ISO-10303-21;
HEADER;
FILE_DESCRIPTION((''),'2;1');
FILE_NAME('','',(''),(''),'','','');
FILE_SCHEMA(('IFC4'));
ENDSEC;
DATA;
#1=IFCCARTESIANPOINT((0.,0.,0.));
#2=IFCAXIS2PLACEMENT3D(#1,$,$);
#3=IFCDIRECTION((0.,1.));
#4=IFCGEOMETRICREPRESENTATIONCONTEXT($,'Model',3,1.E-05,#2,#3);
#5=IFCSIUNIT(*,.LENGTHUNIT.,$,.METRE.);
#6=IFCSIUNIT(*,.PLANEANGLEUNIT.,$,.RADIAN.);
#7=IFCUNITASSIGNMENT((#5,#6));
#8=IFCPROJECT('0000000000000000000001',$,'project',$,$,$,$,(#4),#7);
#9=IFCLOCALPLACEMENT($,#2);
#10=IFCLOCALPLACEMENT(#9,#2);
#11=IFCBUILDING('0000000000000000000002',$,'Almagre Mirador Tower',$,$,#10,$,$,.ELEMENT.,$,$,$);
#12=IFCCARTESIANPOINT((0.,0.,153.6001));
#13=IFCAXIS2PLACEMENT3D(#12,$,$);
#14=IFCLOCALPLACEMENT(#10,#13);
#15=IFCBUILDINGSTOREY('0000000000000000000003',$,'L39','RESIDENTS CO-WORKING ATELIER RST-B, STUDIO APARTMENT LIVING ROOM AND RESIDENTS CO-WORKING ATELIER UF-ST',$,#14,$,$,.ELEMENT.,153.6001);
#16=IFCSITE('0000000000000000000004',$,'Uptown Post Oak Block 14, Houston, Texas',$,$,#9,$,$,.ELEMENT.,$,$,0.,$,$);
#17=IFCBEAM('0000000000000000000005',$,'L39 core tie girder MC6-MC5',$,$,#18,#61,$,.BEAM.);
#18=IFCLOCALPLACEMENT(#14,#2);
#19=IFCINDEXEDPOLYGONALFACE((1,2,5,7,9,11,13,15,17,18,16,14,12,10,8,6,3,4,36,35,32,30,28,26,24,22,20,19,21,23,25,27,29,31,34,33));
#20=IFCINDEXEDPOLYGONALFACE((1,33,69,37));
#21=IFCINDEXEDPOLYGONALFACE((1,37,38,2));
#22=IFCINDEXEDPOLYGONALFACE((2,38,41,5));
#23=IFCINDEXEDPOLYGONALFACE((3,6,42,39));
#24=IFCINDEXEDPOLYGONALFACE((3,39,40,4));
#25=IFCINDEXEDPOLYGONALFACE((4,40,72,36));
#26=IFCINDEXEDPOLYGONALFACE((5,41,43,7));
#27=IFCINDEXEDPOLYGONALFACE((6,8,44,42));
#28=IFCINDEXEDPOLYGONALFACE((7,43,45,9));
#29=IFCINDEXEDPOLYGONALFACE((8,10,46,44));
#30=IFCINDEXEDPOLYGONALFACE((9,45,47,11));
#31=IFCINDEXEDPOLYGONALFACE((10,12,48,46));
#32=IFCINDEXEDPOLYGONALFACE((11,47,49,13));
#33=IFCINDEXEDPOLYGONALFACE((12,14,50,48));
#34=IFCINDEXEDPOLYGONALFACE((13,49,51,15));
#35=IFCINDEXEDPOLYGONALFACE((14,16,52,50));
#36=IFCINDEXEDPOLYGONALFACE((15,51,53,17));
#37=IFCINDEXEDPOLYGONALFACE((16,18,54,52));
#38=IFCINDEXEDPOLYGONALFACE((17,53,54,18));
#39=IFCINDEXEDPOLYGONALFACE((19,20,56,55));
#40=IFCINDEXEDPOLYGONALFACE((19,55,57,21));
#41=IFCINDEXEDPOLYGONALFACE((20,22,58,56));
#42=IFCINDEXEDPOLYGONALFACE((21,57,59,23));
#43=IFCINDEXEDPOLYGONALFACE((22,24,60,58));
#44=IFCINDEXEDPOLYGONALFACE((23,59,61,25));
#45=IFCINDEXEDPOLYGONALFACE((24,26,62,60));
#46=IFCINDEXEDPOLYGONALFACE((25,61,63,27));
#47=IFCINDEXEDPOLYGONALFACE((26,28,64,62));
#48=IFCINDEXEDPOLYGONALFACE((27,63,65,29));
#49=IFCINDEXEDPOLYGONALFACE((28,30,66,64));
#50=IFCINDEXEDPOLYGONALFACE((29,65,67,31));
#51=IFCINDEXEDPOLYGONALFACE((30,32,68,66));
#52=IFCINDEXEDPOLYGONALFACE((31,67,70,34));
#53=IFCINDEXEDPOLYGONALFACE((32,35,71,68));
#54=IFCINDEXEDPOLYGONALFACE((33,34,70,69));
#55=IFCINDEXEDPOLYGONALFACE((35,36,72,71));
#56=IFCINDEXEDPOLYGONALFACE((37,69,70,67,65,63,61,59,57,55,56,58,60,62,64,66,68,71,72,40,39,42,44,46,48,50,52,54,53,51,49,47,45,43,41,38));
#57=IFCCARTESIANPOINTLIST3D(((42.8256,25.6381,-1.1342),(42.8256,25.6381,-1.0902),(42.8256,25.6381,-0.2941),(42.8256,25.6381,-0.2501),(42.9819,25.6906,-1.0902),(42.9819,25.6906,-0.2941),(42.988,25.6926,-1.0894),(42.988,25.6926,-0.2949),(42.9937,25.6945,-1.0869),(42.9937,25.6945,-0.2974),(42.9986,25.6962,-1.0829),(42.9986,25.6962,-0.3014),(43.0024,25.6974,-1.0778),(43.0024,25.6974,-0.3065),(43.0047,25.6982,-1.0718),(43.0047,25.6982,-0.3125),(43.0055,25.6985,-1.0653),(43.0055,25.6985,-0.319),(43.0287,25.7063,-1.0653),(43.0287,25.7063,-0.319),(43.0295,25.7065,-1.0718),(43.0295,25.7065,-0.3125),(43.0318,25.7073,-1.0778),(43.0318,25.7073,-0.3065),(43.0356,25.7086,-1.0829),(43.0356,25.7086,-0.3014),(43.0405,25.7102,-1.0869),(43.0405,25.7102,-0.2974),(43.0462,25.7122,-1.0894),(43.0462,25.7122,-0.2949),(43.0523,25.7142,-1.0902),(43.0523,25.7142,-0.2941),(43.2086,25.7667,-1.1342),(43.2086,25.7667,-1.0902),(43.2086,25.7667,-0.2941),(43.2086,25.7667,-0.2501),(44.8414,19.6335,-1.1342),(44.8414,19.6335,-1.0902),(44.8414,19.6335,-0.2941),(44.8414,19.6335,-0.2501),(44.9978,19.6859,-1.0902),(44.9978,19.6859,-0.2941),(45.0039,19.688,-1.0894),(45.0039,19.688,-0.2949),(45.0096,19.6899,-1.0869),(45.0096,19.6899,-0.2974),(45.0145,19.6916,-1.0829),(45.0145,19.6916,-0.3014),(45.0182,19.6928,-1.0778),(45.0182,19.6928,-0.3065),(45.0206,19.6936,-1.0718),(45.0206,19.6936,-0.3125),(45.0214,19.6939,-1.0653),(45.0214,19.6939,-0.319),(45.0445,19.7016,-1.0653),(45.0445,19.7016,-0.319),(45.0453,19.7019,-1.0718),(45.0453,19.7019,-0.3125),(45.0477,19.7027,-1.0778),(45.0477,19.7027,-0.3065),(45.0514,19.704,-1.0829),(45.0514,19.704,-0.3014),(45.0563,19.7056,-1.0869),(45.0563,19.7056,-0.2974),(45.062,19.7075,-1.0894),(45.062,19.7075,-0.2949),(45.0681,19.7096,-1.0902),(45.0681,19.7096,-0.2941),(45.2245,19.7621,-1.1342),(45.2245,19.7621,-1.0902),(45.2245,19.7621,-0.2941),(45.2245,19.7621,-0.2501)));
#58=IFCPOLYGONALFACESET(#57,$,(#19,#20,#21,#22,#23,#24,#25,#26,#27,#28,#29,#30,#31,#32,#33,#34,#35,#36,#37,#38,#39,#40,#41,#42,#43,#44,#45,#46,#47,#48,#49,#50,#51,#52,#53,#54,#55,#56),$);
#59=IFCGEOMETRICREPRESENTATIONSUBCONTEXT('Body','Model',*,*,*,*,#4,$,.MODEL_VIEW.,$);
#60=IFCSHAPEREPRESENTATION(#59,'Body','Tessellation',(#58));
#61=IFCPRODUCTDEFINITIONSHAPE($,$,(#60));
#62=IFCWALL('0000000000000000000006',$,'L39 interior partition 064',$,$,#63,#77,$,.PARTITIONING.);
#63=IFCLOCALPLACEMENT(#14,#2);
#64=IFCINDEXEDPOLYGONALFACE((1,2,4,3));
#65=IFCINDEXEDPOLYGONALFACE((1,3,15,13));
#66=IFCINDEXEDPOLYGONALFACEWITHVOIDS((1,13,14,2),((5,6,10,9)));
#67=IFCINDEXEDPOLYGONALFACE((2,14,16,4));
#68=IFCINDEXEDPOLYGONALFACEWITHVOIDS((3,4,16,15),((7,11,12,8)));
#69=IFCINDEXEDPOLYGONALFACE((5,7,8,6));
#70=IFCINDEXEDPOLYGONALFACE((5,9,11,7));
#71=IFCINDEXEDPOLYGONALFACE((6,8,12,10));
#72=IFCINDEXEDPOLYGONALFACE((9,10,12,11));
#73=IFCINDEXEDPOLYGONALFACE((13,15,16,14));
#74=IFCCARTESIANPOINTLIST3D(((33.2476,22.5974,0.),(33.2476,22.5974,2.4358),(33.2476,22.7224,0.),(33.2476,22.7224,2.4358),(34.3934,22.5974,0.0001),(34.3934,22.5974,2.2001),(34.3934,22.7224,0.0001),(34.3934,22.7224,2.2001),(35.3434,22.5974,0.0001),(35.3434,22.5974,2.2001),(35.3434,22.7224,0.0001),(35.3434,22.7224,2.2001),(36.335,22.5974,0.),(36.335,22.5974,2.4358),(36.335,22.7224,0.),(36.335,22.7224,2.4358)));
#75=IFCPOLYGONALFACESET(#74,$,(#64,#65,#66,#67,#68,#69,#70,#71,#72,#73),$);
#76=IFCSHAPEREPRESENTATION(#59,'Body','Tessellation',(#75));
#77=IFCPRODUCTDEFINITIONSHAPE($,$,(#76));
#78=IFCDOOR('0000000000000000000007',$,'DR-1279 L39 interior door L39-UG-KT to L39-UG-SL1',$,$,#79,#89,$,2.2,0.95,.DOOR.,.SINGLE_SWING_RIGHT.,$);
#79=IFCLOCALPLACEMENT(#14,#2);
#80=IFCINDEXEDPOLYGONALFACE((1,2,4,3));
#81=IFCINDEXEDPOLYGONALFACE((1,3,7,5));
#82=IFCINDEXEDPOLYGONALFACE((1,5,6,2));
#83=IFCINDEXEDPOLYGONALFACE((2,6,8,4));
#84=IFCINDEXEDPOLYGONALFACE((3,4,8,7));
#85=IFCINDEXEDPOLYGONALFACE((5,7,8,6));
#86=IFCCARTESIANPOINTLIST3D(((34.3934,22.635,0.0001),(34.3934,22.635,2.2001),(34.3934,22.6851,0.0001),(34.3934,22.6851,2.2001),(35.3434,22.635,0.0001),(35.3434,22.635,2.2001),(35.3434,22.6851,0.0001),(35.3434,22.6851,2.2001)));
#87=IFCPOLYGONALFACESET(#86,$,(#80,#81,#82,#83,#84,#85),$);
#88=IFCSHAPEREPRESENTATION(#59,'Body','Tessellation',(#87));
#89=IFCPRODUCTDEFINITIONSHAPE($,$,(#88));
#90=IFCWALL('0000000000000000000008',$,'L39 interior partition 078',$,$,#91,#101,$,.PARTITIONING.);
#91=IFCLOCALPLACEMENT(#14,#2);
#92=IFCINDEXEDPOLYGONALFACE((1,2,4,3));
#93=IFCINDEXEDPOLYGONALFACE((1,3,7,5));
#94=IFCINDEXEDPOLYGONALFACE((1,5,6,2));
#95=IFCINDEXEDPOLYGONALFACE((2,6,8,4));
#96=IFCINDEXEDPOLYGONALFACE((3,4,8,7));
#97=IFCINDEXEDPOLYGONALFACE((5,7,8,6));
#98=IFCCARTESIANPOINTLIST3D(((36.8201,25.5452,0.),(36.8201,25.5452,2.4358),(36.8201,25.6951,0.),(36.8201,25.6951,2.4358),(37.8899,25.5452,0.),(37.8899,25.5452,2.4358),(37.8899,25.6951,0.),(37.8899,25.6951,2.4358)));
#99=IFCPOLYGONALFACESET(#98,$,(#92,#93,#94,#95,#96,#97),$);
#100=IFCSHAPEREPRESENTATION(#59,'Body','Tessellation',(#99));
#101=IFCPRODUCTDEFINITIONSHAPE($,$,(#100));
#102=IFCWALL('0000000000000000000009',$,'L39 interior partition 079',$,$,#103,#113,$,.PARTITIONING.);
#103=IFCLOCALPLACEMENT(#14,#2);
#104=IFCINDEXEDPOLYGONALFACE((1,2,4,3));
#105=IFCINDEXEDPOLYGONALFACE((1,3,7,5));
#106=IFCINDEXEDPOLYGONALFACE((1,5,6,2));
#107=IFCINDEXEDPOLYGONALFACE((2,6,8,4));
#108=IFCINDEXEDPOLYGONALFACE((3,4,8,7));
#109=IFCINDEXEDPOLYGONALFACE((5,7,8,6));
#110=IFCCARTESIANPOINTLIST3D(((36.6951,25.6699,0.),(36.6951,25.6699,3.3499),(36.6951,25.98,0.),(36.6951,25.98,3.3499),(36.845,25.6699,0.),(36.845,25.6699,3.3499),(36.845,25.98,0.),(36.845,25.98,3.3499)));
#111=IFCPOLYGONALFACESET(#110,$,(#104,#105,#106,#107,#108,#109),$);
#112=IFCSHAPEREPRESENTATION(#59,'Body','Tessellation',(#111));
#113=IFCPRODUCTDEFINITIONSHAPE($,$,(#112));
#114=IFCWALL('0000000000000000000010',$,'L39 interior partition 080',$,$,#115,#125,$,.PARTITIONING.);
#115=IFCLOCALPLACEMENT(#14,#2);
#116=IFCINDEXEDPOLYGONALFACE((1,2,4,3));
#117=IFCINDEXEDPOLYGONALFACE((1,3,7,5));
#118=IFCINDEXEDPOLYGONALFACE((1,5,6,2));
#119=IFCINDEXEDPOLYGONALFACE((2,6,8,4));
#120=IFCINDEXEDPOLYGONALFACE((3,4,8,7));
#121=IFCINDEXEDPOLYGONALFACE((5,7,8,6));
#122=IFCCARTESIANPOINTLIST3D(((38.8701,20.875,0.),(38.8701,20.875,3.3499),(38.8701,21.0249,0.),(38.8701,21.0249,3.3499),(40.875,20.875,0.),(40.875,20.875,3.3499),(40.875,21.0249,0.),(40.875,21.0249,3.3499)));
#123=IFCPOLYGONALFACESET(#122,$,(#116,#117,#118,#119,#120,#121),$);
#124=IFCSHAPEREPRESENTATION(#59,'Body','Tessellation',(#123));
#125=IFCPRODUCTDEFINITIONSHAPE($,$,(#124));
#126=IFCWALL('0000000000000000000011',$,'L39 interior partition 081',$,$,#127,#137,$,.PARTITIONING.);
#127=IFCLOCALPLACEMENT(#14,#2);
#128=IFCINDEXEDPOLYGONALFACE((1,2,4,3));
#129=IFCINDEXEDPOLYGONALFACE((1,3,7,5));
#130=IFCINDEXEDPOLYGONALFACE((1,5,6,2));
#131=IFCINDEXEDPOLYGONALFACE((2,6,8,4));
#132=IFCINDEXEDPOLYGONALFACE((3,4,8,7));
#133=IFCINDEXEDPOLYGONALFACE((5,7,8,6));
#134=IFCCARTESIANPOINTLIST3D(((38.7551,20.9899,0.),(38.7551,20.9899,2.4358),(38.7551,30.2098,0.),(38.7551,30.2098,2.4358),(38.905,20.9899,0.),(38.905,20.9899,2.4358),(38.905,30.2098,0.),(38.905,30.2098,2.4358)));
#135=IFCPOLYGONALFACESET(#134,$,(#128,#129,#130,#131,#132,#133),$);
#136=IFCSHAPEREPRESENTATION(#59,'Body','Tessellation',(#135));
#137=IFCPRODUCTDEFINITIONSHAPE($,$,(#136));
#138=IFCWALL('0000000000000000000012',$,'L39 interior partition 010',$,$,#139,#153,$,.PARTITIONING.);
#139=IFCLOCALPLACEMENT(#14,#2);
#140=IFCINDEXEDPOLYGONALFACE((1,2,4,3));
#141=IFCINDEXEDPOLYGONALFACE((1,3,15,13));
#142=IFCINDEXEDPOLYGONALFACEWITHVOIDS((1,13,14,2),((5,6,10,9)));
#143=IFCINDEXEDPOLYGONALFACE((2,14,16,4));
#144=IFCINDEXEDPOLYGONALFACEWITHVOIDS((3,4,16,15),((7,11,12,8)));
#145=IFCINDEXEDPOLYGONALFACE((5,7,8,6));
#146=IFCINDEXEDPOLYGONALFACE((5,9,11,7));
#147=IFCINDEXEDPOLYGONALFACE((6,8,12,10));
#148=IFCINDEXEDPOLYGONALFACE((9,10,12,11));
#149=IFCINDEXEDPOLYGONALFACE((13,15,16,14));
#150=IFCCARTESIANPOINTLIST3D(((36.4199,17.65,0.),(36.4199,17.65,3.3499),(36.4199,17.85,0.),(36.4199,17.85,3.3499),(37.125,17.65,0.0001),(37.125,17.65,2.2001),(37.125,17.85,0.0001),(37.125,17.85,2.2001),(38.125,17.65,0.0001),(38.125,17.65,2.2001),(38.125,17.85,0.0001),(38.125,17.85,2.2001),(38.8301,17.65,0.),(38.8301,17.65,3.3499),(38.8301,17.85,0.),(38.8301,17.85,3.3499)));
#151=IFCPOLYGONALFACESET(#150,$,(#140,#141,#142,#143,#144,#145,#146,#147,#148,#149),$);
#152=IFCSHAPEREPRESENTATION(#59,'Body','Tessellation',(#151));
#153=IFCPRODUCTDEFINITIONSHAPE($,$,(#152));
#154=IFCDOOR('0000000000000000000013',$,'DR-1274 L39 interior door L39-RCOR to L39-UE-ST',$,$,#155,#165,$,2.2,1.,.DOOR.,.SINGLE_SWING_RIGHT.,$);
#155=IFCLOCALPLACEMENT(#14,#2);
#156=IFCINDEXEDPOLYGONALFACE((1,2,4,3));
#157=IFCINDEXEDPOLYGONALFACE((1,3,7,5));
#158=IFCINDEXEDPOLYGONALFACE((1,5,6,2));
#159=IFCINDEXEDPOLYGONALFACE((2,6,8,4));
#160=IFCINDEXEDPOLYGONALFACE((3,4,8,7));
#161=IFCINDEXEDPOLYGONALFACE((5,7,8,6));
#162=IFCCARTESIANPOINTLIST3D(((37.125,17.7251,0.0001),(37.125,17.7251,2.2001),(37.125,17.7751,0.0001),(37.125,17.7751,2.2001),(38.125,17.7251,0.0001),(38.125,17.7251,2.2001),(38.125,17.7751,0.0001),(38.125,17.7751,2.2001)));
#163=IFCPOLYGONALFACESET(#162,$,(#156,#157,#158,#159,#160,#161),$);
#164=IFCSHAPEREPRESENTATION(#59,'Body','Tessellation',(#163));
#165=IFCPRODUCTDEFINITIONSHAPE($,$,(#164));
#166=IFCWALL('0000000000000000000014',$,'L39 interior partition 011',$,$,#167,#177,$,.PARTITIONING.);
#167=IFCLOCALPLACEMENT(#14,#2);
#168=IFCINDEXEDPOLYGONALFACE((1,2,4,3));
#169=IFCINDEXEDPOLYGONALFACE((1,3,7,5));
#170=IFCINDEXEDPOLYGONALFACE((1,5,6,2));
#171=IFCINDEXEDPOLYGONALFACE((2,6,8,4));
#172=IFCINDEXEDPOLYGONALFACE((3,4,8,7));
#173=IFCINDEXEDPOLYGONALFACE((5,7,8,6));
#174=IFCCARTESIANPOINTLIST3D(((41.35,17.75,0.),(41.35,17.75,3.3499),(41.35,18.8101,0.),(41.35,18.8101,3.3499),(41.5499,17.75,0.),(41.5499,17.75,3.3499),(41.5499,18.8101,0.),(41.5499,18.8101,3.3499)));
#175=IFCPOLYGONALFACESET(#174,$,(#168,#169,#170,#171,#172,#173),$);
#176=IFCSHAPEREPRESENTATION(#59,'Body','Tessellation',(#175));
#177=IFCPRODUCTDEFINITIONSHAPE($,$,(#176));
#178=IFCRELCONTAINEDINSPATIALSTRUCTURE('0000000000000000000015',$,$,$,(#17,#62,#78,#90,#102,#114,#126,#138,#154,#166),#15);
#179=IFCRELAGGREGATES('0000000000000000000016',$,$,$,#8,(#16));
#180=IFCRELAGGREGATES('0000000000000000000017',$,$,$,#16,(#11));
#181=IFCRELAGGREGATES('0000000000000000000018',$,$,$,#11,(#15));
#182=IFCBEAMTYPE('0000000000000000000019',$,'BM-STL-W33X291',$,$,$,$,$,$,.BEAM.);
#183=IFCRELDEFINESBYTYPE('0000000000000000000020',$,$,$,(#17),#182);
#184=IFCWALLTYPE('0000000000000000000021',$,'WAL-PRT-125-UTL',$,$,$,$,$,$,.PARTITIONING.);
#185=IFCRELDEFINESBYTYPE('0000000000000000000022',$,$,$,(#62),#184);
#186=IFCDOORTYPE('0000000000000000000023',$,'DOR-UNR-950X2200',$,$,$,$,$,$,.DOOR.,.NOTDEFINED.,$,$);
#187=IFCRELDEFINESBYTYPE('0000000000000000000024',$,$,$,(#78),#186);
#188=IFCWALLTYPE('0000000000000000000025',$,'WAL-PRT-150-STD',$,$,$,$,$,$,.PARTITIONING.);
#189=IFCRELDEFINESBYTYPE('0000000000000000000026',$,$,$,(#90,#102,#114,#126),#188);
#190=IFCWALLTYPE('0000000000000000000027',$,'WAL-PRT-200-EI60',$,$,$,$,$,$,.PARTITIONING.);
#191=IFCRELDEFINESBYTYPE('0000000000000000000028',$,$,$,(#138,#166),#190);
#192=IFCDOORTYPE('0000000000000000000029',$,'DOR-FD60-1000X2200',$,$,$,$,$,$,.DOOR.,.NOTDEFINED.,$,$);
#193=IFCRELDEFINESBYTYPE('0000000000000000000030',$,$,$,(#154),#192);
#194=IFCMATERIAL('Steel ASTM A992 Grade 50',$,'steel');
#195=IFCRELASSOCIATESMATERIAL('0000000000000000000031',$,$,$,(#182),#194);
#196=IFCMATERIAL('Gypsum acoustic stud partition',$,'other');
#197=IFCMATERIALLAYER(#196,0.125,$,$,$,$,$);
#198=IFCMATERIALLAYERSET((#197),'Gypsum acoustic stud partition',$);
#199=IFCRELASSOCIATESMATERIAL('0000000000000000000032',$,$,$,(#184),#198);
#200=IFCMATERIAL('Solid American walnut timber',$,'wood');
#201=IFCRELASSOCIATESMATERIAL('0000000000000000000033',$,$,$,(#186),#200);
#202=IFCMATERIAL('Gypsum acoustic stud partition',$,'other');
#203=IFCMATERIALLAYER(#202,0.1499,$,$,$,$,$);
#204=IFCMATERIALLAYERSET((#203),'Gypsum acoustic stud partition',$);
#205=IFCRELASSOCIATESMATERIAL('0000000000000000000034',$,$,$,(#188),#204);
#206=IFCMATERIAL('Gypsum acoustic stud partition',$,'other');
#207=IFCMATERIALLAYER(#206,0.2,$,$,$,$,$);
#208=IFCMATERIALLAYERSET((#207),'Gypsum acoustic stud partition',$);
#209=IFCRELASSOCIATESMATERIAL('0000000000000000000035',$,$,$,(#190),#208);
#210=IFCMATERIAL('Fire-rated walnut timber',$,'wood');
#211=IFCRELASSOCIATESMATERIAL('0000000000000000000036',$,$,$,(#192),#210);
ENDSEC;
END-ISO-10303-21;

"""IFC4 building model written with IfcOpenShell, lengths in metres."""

from ifc_helpers import new_model, si_unit, direction, frame, frame_2d, origin, origin_2d, place, context, subcontext, project, spatial, rectangle, i_section, extrude, material, layer, layer_set, material_profile, profile_set, type_object, element, fill, save


model = new_model("IFC4")

# Units and contexts
model_context = context("Model", 3, precision=1e-05, world=origin(), true_north=direction((0.0, 1.0)))
body_context = subcontext(model_context, "Body", "Model", "MODEL_VIEW")
ifc_project = project(units=[si_unit("LENGTHUNIT", "METRE"), si_unit("PLANEANGLEUNIT", "RADIAN")], contexts=[model_context])

# Site, building, storey
site_placement = place(None, origin())
site = spatial("IfcSite", under=ifc_project, at=site_placement, Name="Uptown Post Oak Block 14, Houston, Texas", CompositionType="ELEMENT", RefElevation=0.0)
building_placement = place(site_placement, origin())
building = spatial("IfcBuilding", under=site, at=building_placement, Name="Almagre Mirador Tower", CompositionType="ELEMENT")
storey_placement = place(building_placement, frame((0.0, 0.0, 153.6001)))
storey = spatial("IfcBuildingStorey", under=building, at=storey_placement, Name="L39", Description="RESIDENTS CO-WORKING ATELIER RST-B, STUDIO APARTMENT LIVING ROOM AND RESIDENTS CO-WORKING ATELIER UF-ST", CompositionType="ELEMENT", Elevation=153.6001)

# Beam
ifc_material_1 = material(Name="Steel ASTM A992 Grade 50", Category="steel")
ifc_material_profile = material_profile(ifc_material_1, i_section(OverallWidth=0.4041, OverallDepth=0.884, WebThickness=0.0244, FlangeThickness=0.0439, FilletRadius=0.0249, at=origin_2d()), Name="W33X291")
ifc_profile_set = profile_set([ifc_material_profile], Name="Steel ASTM A992 Grade 50")
beam_type = type_object("IfcBeamType", Name="BM-STL-W33X291", PredefinedType="BEAM", material=ifc_profile_set)
beam_placement = place(storey_placement, frame((43.0171, 25.7024, -0.6921), z_axis=(0.318262, -0.948003, 0.0), x_axis=(0.948003, 0.318262, 0.0)))
element("IfcBeam", 1, at=beam_placement, inside=storey, type_object=beam_type, Name="L39 core tie girder MC6-MC5", PredefinedType="BEAM", context=body_context, shape_type="SweptSolid", body=[
    extrude(i_section(OverallWidth=0.4041, OverallDepth=0.884, WebThickness=0.0244, FlangeThickness=0.0439, FilletRadius=0.0249, at=origin_2d()), origin(), (0.0, 0.0, 1.0), 6.334),
])

# Wall, opening, door
ifc_material_2 = material(Name="Gypsum acoustic stud partition", Category="other")
ifc_layer_1 = layer(ifc_material_2, 0.125)
ifc_layer_set_1 = layer_set([ifc_layer_1], Name="Gypsum acoustic stud partition")
wall_type_1 = type_object("IfcWallType", Name="WAL-PRT-125-UTL", PredefinedType="PARTITIONING", material=ifc_layer_set_1)
wall_1_placement = place(storey_placement, frame((36.335, 22.6599, 0.0), z_axis=(0.0, 0.0, 1.0), x_axis=(-1.0, 0.0, 0.0)))
wall_1 = element("IfcWall", 2, at=wall_1_placement, inside=storey, type_object=wall_type_1, Name="L39 interior partition 064", PredefinedType="PARTITIONING", context=body_context, shape_type="SweptSolid", body=[
    extrude(rectangle(XDim=3.0874, YDim=0.125, at=frame_2d((1.5437, 0.0))), origin(), (0.0, 0.0, 1.0), 2.4358),
])
opening_1_placement = place(wall_1_placement, frame((0.9915, 0.0, 0.0)))
opening_1 = element("IfcOpeningElement", 3, at=opening_1_placement, cuts=wall_1, PredefinedType="OPENING", context=body_context, shape_type="SweptSolid", body=[
    extrude(rectangle(XDim=0.95, YDim=2.2, at=frame_2d((0.4751, 1.1001))), frame((0.0, 0.0725, 0.0), z_axis=(0.0, -1.0, 0.0), x_axis=(1.0, 0.0, 0.0)), (0.0, 0.0, 1.0), 0.145),
])
ifc_material_3 = material(Name="Solid American walnut timber", Category="wood")
door_type_1 = type_object("IfcDoorType", Name="DOR-UNR-950X2200", OperationType="NOTDEFINED", PredefinedType="DOOR", material=ifc_material_3)
door_1_placement = place(opening_1_placement, origin())
door_1 = element("IfcDoor", 4, at=door_1_placement, inside=storey, type_object=door_type_1, Name="DR-1279 L39 interior door L39-UG-KT to L39-UG-SL1", OperationType="SINGLE_SWING_RIGHT", OverallHeight=2.2, OverallWidth=0.95, PredefinedType="DOOR", context=body_context, shape_type="SweptSolid", body=[
    extrude(rectangle(XDim=0.95, YDim=2.2, at=frame_2d((0.4751, 1.1001))), frame((0.0, 0.0249, 0.0), z_axis=(0.0, -1.0, 0.0), x_axis=(1.0, 0.0, 0.0)), (0.0, 0.0, 1.0), 0.05),
])
fill(opening_1, door_1)

# Walls
ifc_material_4 = material(Name="Gypsum acoustic stud partition", Category="other")
ifc_layer_2 = layer(ifc_material_4, 0.1499)
ifc_layer_set_2 = layer_set([ifc_layer_2], Name="Gypsum acoustic stud partition")
wall_type_2 = type_object("IfcWallType", Name="WAL-PRT-150-STD", PredefinedType="PARTITIONING", material=ifc_layer_set_2)
wall_2_placement = place(storey_placement, frame((37.8899, 25.6201, 0.0), z_axis=(0.0, 0.0, 1.0), x_axis=(-1.0, 0.0, 0.0)))
element("IfcWall", 5, at=wall_2_placement, inside=storey, type_object=wall_type_2, Name="L39 interior partition 078", PredefinedType="PARTITIONING", context=body_context, shape_type="SweptSolid", body=[
    extrude(rectangle(XDim=1.0698, YDim=0.1499, at=frame_2d((0.5349, 0.0))), origin(), (0.0, 0.0, 1.0), 2.4358),
])
wall_3_placement = place(storey_placement, frame((36.77, 25.6699, 0.0), z_axis=(0.0, 0.0, 1.0), x_axis=(0.0, 1.0, 0.0)))
element("IfcWall", 6, at=wall_3_placement, inside=storey, type_object=wall_type_2, Name="L39 interior partition 079", PredefinedType="PARTITIONING", context=body_context, shape_type="SweptSolid", body=[
    extrude(rectangle(XDim=0.3101, YDim=0.1499, at=frame_2d((0.155, 0.0))), origin(), (0.0, 0.0, 1.0), 3.3499),
])
wall_4_placement = place(storey_placement, frame((40.875, 20.95, 0.0), z_axis=(0.0, 0.0, 1.0), x_axis=(-1.0, 0.0, 0.0)))
element("IfcWall", 7, at=wall_4_placement, inside=storey, type_object=wall_type_2, Name="L39 interior partition 080", PredefinedType="PARTITIONING", context=body_context, shape_type="SweptSolid", body=[
    extrude(rectangle(XDim=2.0049, YDim=0.1499, at=frame_2d((1.0024, 0.0))), origin(), (0.0, 0.0, 1.0), 3.3499),
])
wall_5_placement = place(storey_placement, frame((38.8301, 20.99, 0.0), z_axis=(0.0, 0.0, 1.0), x_axis=(0.0, 1.0, 0.0)))
element("IfcWall", 8, at=wall_5_placement, inside=storey, type_object=wall_type_2, Name="L39 interior partition 081", PredefinedType="PARTITIONING", context=body_context, shape_type="SweptSolid", body=[
    extrude(rectangle(XDim=9.22, YDim=0.1499, at=frame_2d((4.6099, 0.0))), origin(), (0.0, 0.0, 1.0), 2.4358),
])

# Wall, opening, door
ifc_material_5 = material(Name="Gypsum acoustic stud partition", Category="other")
ifc_layer_3 = layer(ifc_material_5, 0.2)
ifc_layer_set_3 = layer_set([ifc_layer_3], Name="Gypsum acoustic stud partition")
wall_type_3 = type_object("IfcWallType", Name="WAL-PRT-200-EI60", PredefinedType="PARTITIONING", material=ifc_layer_set_3)
wall_6_placement = place(storey_placement, frame((38.8301, 17.75, 0.0), z_axis=(0.0, 0.0, 1.0), x_axis=(-1.0, 0.0, 0.0)))
wall_6 = element("IfcWall", 9, at=wall_6_placement, inside=storey, type_object=wall_type_3, Name="L39 interior partition 010", PredefinedType="PARTITIONING", context=body_context, shape_type="SweptSolid", body=[
    extrude(rectangle(XDim=2.4102, YDim=0.2, at=frame_2d((1.2051, 0.0))), origin(), (0.0, 0.0, 1.0), 3.3499),
])
opening_2_placement = place(wall_6_placement, frame((0.7051, 0.0, 0.0)))
opening_2 = element("IfcOpeningElement", 10, at=opening_2_placement, cuts=wall_6, PredefinedType="OPENING", context=body_context, shape_type="SweptSolid", body=[
    extrude(rectangle(XDim=1.0, YDim=2.2, at=frame_2d((0.5, 1.1001))), frame((0.0, 0.1101, 0.0), z_axis=(0.0, -1.0, 0.0), x_axis=(1.0, 0.0, 0.0)), (0.0, 0.0, 1.0), 0.22),
])
ifc_material_6 = material(Name="Fire-rated walnut timber", Category="wood")
door_type_2 = type_object("IfcDoorType", Name="DOR-FD60-1000X2200", OperationType="NOTDEFINED", PredefinedType="DOOR", material=ifc_material_6)
door_2_placement = place(opening_2_placement, origin())
door_2 = element("IfcDoor", 11, at=door_2_placement, inside=storey, type_object=door_type_2, Name="DR-1274 L39 interior door L39-RCOR to L39-UE-ST", OperationType="SINGLE_SWING_RIGHT", OverallHeight=2.2, OverallWidth=1.0, PredefinedType="DOOR", context=body_context, shape_type="SweptSolid", body=[
    extrude(rectangle(XDim=1.0, YDim=2.2, at=frame_2d((0.5, 1.1001))), frame((0.0, 0.0249, 0.0), z_axis=(0.0, -1.0, 0.0), x_axis=(1.0, 0.0, 0.0)), (0.0, 0.0, 1.0), 0.05),
])
fill(opening_2, door_2)

# Wall
wall_7_placement = place(storey_placement, frame((41.45, 18.8101, 0.0), z_axis=(0.0, 0.0, 1.0), x_axis=(0.0, -1.0, 0.0)))
element("IfcWall", 12, at=wall_7_placement, inside=storey, type_object=wall_type_3, Name="L39 interior partition 011", PredefinedType="PARTITIONING", context=body_context, shape_type="SweptSolid", body=[
    extrude(rectangle(XDim=1.0601, YDim=0.2, at=frame_2d((0.53, 0.0))), origin(), (0.0, 0.0, 1.0), 3.3499),
])

save(model, "model.ifc")
